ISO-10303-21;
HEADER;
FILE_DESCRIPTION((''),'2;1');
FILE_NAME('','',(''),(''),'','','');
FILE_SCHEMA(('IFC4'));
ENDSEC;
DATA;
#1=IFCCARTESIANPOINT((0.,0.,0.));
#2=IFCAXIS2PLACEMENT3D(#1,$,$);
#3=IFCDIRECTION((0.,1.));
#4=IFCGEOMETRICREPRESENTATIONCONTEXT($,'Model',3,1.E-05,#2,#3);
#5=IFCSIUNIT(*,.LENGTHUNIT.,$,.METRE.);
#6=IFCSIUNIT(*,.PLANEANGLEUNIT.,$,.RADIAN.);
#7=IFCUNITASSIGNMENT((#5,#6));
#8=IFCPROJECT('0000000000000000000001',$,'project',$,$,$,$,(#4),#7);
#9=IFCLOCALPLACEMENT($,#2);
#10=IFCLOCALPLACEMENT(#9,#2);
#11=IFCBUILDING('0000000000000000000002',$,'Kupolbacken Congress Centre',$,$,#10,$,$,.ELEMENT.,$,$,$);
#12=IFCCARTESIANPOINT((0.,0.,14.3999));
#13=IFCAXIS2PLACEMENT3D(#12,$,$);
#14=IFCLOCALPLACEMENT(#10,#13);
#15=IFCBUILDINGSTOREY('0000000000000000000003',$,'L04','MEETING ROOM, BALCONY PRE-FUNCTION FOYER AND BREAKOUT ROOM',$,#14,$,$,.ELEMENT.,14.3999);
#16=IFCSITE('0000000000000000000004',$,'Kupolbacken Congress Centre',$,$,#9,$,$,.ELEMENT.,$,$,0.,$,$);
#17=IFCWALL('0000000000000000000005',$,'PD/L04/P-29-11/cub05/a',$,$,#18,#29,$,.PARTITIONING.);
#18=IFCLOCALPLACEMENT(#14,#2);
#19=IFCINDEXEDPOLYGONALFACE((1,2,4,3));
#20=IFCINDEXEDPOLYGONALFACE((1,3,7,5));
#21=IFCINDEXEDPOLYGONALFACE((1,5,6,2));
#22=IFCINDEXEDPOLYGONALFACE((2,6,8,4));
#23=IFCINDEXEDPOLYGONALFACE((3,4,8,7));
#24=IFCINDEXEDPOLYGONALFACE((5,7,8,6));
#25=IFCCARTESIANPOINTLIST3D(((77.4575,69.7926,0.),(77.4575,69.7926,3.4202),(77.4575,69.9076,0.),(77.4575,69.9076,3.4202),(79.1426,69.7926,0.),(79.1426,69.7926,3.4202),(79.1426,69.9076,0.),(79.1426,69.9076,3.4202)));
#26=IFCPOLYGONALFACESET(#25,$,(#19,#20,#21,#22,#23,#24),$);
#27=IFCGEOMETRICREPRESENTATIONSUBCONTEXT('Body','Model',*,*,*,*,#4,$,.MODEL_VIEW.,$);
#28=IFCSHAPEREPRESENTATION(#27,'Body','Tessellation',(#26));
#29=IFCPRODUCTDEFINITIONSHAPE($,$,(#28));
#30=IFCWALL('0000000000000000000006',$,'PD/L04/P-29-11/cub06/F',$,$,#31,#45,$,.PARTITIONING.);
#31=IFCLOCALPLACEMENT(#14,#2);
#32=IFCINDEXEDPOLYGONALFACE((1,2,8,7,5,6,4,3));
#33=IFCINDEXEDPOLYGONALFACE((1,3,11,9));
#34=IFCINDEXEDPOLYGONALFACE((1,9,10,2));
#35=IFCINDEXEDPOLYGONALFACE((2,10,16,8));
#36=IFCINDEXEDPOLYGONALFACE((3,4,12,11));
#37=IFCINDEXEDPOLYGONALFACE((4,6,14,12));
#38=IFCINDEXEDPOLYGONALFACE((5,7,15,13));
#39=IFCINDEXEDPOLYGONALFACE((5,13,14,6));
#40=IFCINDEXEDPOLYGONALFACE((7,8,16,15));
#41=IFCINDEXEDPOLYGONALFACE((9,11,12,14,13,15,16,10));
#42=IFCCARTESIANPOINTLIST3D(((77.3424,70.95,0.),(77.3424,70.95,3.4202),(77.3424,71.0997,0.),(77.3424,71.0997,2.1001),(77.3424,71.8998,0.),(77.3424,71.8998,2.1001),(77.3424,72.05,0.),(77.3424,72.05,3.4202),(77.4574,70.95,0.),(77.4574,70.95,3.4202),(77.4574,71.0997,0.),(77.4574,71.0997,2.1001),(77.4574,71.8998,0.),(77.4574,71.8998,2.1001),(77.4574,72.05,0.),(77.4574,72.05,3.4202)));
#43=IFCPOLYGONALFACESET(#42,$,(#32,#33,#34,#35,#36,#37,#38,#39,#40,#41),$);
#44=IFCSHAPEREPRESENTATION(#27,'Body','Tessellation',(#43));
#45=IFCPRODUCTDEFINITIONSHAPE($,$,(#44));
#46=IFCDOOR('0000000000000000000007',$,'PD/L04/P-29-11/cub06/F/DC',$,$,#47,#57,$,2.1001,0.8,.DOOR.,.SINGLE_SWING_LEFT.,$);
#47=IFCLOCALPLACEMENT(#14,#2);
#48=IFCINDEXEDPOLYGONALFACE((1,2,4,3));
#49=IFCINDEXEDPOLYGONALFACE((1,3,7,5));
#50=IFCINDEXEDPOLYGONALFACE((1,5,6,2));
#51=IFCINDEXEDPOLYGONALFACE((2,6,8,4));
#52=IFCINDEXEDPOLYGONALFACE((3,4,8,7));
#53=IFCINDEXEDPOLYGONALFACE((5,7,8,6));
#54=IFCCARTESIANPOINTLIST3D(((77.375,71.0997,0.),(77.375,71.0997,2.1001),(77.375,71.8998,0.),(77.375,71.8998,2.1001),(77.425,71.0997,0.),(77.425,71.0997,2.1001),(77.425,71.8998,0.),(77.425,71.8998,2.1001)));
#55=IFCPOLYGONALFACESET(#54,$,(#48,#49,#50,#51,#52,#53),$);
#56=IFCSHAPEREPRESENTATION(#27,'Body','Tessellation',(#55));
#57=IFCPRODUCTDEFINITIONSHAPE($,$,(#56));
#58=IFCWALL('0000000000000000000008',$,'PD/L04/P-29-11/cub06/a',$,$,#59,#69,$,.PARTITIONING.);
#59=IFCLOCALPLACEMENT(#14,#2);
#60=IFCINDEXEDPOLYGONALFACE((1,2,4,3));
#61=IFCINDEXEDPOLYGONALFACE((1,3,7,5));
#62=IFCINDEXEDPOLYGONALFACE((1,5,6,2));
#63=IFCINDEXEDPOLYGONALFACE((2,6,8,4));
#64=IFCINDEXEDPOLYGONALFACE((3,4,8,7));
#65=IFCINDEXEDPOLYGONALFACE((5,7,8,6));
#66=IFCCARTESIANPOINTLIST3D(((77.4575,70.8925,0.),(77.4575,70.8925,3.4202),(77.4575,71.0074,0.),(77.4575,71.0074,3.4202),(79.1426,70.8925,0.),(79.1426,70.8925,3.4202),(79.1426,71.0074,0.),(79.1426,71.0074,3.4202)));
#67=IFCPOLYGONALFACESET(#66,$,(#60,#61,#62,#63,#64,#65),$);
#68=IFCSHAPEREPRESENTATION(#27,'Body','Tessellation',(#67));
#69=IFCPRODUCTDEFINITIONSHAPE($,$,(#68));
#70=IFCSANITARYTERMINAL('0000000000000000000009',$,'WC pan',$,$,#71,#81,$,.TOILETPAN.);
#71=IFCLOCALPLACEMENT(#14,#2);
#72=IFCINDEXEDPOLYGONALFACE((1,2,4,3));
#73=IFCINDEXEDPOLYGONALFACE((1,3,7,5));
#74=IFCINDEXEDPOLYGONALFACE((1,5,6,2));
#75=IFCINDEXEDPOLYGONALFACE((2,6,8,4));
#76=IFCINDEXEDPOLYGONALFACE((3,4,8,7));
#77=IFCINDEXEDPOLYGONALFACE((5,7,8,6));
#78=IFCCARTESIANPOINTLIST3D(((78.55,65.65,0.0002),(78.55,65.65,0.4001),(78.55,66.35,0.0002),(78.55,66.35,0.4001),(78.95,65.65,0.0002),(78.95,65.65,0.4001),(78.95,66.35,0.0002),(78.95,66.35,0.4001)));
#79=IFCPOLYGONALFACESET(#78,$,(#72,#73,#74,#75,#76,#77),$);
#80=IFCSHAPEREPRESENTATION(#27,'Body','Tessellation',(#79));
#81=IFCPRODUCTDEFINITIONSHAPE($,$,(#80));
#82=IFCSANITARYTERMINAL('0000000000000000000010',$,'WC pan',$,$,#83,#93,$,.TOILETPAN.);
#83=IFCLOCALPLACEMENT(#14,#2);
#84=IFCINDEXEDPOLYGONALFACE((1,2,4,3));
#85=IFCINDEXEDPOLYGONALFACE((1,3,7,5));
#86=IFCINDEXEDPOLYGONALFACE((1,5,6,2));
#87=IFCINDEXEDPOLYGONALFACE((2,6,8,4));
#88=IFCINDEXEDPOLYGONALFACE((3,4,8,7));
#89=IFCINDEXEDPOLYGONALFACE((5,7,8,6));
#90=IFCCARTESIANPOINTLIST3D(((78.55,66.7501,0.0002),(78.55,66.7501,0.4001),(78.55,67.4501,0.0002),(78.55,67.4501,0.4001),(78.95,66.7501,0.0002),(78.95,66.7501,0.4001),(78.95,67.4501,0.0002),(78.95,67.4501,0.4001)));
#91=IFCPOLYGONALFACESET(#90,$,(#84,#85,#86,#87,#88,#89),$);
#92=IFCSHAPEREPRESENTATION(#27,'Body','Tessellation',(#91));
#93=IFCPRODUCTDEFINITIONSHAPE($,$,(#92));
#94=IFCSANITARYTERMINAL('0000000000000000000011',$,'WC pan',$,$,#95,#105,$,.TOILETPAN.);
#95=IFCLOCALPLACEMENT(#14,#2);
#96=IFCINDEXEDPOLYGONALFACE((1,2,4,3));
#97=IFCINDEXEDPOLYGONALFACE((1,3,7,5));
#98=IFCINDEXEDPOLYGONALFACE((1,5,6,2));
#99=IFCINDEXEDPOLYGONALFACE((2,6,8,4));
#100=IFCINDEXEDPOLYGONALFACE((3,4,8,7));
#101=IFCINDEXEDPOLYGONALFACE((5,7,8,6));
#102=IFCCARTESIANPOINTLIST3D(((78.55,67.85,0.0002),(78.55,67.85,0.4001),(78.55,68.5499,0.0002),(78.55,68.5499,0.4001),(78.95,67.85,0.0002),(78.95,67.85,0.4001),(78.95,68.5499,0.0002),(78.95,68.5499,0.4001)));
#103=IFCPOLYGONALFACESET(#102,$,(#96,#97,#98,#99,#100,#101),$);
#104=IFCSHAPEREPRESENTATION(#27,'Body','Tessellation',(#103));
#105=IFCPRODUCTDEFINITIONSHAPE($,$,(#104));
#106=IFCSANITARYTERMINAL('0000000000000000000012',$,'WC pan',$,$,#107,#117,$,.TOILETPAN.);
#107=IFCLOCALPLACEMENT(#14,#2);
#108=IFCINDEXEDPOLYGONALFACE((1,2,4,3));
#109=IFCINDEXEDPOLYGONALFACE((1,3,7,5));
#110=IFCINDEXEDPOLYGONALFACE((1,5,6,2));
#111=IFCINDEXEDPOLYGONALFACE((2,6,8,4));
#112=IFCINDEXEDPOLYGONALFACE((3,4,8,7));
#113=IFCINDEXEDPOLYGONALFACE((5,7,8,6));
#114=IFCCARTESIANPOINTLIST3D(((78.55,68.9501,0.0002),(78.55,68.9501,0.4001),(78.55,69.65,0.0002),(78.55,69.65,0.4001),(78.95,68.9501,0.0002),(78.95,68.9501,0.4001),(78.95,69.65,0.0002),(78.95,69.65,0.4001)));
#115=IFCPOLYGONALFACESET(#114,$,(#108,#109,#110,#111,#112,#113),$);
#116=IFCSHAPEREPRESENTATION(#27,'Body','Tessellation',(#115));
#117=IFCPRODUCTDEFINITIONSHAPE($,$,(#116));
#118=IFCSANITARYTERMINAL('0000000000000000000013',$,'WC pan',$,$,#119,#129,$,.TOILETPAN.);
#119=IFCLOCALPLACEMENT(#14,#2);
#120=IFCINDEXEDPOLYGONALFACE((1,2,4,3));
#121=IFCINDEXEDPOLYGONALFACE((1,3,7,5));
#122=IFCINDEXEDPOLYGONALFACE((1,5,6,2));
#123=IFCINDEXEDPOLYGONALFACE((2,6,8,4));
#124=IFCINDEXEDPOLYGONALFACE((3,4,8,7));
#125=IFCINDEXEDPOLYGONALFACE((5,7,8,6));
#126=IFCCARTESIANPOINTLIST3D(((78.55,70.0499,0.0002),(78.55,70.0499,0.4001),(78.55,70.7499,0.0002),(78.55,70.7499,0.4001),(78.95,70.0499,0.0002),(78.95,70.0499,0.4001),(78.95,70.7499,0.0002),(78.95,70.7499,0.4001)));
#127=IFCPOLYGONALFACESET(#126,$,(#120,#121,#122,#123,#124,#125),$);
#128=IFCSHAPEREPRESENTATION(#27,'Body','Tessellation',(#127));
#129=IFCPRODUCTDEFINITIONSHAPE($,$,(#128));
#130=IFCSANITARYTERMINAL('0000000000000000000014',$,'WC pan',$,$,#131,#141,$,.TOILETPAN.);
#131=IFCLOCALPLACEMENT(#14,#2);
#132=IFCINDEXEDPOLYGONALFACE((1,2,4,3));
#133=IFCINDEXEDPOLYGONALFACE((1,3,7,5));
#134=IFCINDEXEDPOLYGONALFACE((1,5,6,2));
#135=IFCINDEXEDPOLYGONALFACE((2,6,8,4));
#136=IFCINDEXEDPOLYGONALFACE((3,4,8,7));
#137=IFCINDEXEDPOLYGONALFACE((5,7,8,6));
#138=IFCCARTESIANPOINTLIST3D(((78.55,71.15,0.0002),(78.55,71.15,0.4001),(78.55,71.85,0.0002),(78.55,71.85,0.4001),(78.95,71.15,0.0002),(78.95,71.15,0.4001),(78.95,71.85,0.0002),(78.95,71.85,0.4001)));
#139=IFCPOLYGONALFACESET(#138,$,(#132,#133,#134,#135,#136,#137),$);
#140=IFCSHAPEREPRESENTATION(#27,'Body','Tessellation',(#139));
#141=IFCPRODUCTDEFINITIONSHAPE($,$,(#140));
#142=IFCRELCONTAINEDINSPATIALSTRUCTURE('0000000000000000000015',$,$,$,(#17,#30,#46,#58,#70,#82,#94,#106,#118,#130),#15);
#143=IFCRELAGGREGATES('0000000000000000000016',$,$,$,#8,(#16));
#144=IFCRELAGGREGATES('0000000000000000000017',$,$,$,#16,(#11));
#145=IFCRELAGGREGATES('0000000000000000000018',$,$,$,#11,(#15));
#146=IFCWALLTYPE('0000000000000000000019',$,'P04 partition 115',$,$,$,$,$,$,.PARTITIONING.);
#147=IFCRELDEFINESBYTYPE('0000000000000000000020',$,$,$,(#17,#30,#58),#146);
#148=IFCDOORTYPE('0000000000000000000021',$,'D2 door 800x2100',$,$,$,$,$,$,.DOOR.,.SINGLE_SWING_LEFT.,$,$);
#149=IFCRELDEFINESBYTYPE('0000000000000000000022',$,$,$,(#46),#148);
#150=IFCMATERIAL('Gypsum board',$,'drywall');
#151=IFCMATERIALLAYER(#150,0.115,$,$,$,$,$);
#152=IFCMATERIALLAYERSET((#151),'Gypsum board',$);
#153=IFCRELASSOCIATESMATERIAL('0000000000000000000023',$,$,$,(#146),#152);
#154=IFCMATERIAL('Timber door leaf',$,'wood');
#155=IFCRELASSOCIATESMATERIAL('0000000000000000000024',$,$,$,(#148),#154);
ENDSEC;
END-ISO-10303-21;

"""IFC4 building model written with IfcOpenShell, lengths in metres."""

from ifc_helpers import new_model, si_unit, direction, frame, frame_2d, origin, origin_2d, place, context, subcontext, project, spatial, rectangle, extrude, material, layer, layer_set, type_object, element, fill, save


model = new_model("IFC4")

# Units and contexts
model_context = context("Model", 3, precision=1e-05, world=origin(), true_north=direction((0.0, 1.0)))
body_context = subcontext(model_context, "Body", "Model", "MODEL_VIEW")
ifc_project = project(units=[si_unit("LENGTHUNIT", "METRE"), si_unit("PLANEANGLEUNIT", "RADIAN")], contexts=[model_context])

# Site, building, storey
site_placement = place(None, origin())
site = spatial("IfcSite", under=ifc_project, at=site_placement, Name="Kupolbacken Congress Centre", CompositionType="ELEMENT", RefElevation=0.0)
building_placement = place(site_placement, origin())
building = spatial("IfcBuilding", under=site, at=building_placement, Name="Kupolbacken Congress Centre", CompositionType="ELEMENT")
storey_placement = place(building_placement, frame((0.0, 0.0, 14.3999)))
storey = spatial("IfcBuildingStorey", under=building, at=storey_placement, Name="L04", Description="MEETING ROOM, BALCONY PRE-FUNCTION FOYER AND BREAKOUT ROOM", CompositionType="ELEMENT", Elevation=14.3999)

# Shared definitions
ifc_material_1 = material(Name="Gypsum board", Category="drywall")
ifc_layer_1 = layer(ifc_material_1, 0.115)
ifc_layer_set_1 = layer_set([ifc_layer_1], Name="Gypsum board")
wall_type_1 = type_object("IfcWallType", Name="P04 partition 115", PredefinedType="PARTITIONING", material=ifc_layer_set_1)
ifc_material_2 = material(Name="Timber door leaf", Category="wood")
door_type_1 = type_object("IfcDoorType", Name="D2 door 800x2100", OperationType="SINGLE_SWING_LEFT", PredefinedType="DOOR", material=ifc_material_2)

# Wall
wall_1_placement = place(storey_placement, frame((79.1426, 69.8501, 0.0), z_axis=(0.0, 0.0, 1.0), x_axis=(-1.0, 0.0, 0.0)))
element("IfcWall", 1, at=wall_1_placement, inside=storey, type_object=wall_type_1, Name="PD/L04/P-29-11/cub05/a", PredefinedType="PARTITIONING", context=body_context, shape_type="SweptSolid", body=[
    extrude(rectangle(XDim=1.6851, YDim=0.115, at=frame_2d((0.8425, 0.0))), origin(), (0.0, 0.0, 1.0), 3.4202),
])

# Wall, opening, door
wall_2_placement = place(storey_placement, frame((77.3999, 70.95, 0.0), z_axis=(0.0, 0.0, 1.0), x_axis=(0.0, 1.0, 0.0)))
wall_2 = element("IfcWall", 2, at=wall_2_placement, inside=storey, type_object=wall_type_1, Name="PD/L04/P-29-11/cub06/F", PredefinedType="PARTITIONING", context=body_context, shape_type="SweptSolid", body=[
    extrude(rectangle(XDim=1.1001, YDim=0.115, at=frame_2d((0.55, 0.0))), origin(), (0.0, 0.0, 1.0), 3.4202),
])
opening_1_placement = place(wall_2_placement, frame((0.1499, 0.0, 0.0)))
opening_1 = element("IfcOpeningElement", 3, at=opening_1_placement, cuts=wall_2, PredefinedType="OPENING", context=body_context, shape_type="SweptSolid", body=[
    extrude(rectangle(XDim=0.8, YDim=2.1001, at=frame_2d((0.3999, 1.05))), frame((0.0, 0.0674, 0.0), z_axis=(0.0, -1.0, 0.0), x_axis=(1.0, 0.0, 0.0)), (0.0, 0.0, 1.0), 0.135),
])
door_1_placement = place(opening_1_placement, origin())
door_1 = element("IfcDoor", 4, at=door_1_placement, inside=storey, type_object=door_type_1, Name="PD/L04/P-29-11/cub06/F/DC", OperationType="SINGLE_SWING_LEFT", OverallHeight=2.1001, OverallWidth=0.8, PredefinedType="DOOR", context=body_context, shape_type="SweptSolid", body=[
    extrude(rectangle(XDim=0.8, YDim=2.1001, at=frame_2d((0.3999, 1.05))), frame((0.0, 0.0249, 0.0), z_axis=(0.0, -1.0, 0.0), x_axis=(1.0, 0.0, 0.0)), (0.0, 0.0, 1.0), 0.05),
])
fill(opening_1, door_1)

# Wall
wall_3_placement = place(storey_placement, frame((79.1426, 70.95, 0.0), z_axis=(0.0, 0.0, 1.0), x_axis=(-1.0, 0.0, 0.0)))
element("IfcWall", 5, at=wall_3_placement, inside=storey, type_object=wall_type_1, Name="PD/L04/P-29-11/cub06/a", PredefinedType="PARTITIONING", context=body_context, shape_type="SweptSolid", body=[
    extrude(rectangle(XDim=1.6851, YDim=0.115, at=frame_2d((0.8425, 0.0))), origin(), (0.0, 0.0, 1.0), 3.4202),
])

# Sanitary terminals
for number, where, z_axis, x_axis, name in (
    (6, (78.75, 66.0, 0.0002), (0.0, 0.0, 1.0), (1.0, 0.0, 0.0), "WC pan"),
    (7, (78.75, 67.1001, 0.0002), (0.0, 0.0, 1.0), (1.0, 0.0, 0.0), "WC pan"),
    (8, (78.75, 68.2, 0.0002), (0.0, 0.0, 1.0), (1.0, 0.0, 0.0), "WC pan"),
    (9, (78.75, 69.3, 0.0002), (0.0, 0.0, 1.0), (1.0, 0.0, 0.0), "WC pan"),
    (10, (78.75, 70.3999, 0.0002), (0.0, 0.0, 1.0), (1.0, 0.0, 0.0), "WC pan"),
    (11, (78.75, 71.5, 0.0002), (0.0, 0.0, 1.0), (1.0, 0.0, 0.0), "WC pan"),
):
    element("IfcSanitaryTerminal", number, at=place(storey_placement, frame(where, z_axis=z_axis, x_axis=x_axis)), inside=storey, Name=name, PredefinedType="TOILETPAN", context=body_context, shape_type="SweptSolid", body=[
        extrude(rectangle(XDim=0.3999, YDim=0.7, at=origin_2d()), origin(), (0.0, 0.0, 1.0), 0.3999),
    ])

save(model, "model.ifc")
